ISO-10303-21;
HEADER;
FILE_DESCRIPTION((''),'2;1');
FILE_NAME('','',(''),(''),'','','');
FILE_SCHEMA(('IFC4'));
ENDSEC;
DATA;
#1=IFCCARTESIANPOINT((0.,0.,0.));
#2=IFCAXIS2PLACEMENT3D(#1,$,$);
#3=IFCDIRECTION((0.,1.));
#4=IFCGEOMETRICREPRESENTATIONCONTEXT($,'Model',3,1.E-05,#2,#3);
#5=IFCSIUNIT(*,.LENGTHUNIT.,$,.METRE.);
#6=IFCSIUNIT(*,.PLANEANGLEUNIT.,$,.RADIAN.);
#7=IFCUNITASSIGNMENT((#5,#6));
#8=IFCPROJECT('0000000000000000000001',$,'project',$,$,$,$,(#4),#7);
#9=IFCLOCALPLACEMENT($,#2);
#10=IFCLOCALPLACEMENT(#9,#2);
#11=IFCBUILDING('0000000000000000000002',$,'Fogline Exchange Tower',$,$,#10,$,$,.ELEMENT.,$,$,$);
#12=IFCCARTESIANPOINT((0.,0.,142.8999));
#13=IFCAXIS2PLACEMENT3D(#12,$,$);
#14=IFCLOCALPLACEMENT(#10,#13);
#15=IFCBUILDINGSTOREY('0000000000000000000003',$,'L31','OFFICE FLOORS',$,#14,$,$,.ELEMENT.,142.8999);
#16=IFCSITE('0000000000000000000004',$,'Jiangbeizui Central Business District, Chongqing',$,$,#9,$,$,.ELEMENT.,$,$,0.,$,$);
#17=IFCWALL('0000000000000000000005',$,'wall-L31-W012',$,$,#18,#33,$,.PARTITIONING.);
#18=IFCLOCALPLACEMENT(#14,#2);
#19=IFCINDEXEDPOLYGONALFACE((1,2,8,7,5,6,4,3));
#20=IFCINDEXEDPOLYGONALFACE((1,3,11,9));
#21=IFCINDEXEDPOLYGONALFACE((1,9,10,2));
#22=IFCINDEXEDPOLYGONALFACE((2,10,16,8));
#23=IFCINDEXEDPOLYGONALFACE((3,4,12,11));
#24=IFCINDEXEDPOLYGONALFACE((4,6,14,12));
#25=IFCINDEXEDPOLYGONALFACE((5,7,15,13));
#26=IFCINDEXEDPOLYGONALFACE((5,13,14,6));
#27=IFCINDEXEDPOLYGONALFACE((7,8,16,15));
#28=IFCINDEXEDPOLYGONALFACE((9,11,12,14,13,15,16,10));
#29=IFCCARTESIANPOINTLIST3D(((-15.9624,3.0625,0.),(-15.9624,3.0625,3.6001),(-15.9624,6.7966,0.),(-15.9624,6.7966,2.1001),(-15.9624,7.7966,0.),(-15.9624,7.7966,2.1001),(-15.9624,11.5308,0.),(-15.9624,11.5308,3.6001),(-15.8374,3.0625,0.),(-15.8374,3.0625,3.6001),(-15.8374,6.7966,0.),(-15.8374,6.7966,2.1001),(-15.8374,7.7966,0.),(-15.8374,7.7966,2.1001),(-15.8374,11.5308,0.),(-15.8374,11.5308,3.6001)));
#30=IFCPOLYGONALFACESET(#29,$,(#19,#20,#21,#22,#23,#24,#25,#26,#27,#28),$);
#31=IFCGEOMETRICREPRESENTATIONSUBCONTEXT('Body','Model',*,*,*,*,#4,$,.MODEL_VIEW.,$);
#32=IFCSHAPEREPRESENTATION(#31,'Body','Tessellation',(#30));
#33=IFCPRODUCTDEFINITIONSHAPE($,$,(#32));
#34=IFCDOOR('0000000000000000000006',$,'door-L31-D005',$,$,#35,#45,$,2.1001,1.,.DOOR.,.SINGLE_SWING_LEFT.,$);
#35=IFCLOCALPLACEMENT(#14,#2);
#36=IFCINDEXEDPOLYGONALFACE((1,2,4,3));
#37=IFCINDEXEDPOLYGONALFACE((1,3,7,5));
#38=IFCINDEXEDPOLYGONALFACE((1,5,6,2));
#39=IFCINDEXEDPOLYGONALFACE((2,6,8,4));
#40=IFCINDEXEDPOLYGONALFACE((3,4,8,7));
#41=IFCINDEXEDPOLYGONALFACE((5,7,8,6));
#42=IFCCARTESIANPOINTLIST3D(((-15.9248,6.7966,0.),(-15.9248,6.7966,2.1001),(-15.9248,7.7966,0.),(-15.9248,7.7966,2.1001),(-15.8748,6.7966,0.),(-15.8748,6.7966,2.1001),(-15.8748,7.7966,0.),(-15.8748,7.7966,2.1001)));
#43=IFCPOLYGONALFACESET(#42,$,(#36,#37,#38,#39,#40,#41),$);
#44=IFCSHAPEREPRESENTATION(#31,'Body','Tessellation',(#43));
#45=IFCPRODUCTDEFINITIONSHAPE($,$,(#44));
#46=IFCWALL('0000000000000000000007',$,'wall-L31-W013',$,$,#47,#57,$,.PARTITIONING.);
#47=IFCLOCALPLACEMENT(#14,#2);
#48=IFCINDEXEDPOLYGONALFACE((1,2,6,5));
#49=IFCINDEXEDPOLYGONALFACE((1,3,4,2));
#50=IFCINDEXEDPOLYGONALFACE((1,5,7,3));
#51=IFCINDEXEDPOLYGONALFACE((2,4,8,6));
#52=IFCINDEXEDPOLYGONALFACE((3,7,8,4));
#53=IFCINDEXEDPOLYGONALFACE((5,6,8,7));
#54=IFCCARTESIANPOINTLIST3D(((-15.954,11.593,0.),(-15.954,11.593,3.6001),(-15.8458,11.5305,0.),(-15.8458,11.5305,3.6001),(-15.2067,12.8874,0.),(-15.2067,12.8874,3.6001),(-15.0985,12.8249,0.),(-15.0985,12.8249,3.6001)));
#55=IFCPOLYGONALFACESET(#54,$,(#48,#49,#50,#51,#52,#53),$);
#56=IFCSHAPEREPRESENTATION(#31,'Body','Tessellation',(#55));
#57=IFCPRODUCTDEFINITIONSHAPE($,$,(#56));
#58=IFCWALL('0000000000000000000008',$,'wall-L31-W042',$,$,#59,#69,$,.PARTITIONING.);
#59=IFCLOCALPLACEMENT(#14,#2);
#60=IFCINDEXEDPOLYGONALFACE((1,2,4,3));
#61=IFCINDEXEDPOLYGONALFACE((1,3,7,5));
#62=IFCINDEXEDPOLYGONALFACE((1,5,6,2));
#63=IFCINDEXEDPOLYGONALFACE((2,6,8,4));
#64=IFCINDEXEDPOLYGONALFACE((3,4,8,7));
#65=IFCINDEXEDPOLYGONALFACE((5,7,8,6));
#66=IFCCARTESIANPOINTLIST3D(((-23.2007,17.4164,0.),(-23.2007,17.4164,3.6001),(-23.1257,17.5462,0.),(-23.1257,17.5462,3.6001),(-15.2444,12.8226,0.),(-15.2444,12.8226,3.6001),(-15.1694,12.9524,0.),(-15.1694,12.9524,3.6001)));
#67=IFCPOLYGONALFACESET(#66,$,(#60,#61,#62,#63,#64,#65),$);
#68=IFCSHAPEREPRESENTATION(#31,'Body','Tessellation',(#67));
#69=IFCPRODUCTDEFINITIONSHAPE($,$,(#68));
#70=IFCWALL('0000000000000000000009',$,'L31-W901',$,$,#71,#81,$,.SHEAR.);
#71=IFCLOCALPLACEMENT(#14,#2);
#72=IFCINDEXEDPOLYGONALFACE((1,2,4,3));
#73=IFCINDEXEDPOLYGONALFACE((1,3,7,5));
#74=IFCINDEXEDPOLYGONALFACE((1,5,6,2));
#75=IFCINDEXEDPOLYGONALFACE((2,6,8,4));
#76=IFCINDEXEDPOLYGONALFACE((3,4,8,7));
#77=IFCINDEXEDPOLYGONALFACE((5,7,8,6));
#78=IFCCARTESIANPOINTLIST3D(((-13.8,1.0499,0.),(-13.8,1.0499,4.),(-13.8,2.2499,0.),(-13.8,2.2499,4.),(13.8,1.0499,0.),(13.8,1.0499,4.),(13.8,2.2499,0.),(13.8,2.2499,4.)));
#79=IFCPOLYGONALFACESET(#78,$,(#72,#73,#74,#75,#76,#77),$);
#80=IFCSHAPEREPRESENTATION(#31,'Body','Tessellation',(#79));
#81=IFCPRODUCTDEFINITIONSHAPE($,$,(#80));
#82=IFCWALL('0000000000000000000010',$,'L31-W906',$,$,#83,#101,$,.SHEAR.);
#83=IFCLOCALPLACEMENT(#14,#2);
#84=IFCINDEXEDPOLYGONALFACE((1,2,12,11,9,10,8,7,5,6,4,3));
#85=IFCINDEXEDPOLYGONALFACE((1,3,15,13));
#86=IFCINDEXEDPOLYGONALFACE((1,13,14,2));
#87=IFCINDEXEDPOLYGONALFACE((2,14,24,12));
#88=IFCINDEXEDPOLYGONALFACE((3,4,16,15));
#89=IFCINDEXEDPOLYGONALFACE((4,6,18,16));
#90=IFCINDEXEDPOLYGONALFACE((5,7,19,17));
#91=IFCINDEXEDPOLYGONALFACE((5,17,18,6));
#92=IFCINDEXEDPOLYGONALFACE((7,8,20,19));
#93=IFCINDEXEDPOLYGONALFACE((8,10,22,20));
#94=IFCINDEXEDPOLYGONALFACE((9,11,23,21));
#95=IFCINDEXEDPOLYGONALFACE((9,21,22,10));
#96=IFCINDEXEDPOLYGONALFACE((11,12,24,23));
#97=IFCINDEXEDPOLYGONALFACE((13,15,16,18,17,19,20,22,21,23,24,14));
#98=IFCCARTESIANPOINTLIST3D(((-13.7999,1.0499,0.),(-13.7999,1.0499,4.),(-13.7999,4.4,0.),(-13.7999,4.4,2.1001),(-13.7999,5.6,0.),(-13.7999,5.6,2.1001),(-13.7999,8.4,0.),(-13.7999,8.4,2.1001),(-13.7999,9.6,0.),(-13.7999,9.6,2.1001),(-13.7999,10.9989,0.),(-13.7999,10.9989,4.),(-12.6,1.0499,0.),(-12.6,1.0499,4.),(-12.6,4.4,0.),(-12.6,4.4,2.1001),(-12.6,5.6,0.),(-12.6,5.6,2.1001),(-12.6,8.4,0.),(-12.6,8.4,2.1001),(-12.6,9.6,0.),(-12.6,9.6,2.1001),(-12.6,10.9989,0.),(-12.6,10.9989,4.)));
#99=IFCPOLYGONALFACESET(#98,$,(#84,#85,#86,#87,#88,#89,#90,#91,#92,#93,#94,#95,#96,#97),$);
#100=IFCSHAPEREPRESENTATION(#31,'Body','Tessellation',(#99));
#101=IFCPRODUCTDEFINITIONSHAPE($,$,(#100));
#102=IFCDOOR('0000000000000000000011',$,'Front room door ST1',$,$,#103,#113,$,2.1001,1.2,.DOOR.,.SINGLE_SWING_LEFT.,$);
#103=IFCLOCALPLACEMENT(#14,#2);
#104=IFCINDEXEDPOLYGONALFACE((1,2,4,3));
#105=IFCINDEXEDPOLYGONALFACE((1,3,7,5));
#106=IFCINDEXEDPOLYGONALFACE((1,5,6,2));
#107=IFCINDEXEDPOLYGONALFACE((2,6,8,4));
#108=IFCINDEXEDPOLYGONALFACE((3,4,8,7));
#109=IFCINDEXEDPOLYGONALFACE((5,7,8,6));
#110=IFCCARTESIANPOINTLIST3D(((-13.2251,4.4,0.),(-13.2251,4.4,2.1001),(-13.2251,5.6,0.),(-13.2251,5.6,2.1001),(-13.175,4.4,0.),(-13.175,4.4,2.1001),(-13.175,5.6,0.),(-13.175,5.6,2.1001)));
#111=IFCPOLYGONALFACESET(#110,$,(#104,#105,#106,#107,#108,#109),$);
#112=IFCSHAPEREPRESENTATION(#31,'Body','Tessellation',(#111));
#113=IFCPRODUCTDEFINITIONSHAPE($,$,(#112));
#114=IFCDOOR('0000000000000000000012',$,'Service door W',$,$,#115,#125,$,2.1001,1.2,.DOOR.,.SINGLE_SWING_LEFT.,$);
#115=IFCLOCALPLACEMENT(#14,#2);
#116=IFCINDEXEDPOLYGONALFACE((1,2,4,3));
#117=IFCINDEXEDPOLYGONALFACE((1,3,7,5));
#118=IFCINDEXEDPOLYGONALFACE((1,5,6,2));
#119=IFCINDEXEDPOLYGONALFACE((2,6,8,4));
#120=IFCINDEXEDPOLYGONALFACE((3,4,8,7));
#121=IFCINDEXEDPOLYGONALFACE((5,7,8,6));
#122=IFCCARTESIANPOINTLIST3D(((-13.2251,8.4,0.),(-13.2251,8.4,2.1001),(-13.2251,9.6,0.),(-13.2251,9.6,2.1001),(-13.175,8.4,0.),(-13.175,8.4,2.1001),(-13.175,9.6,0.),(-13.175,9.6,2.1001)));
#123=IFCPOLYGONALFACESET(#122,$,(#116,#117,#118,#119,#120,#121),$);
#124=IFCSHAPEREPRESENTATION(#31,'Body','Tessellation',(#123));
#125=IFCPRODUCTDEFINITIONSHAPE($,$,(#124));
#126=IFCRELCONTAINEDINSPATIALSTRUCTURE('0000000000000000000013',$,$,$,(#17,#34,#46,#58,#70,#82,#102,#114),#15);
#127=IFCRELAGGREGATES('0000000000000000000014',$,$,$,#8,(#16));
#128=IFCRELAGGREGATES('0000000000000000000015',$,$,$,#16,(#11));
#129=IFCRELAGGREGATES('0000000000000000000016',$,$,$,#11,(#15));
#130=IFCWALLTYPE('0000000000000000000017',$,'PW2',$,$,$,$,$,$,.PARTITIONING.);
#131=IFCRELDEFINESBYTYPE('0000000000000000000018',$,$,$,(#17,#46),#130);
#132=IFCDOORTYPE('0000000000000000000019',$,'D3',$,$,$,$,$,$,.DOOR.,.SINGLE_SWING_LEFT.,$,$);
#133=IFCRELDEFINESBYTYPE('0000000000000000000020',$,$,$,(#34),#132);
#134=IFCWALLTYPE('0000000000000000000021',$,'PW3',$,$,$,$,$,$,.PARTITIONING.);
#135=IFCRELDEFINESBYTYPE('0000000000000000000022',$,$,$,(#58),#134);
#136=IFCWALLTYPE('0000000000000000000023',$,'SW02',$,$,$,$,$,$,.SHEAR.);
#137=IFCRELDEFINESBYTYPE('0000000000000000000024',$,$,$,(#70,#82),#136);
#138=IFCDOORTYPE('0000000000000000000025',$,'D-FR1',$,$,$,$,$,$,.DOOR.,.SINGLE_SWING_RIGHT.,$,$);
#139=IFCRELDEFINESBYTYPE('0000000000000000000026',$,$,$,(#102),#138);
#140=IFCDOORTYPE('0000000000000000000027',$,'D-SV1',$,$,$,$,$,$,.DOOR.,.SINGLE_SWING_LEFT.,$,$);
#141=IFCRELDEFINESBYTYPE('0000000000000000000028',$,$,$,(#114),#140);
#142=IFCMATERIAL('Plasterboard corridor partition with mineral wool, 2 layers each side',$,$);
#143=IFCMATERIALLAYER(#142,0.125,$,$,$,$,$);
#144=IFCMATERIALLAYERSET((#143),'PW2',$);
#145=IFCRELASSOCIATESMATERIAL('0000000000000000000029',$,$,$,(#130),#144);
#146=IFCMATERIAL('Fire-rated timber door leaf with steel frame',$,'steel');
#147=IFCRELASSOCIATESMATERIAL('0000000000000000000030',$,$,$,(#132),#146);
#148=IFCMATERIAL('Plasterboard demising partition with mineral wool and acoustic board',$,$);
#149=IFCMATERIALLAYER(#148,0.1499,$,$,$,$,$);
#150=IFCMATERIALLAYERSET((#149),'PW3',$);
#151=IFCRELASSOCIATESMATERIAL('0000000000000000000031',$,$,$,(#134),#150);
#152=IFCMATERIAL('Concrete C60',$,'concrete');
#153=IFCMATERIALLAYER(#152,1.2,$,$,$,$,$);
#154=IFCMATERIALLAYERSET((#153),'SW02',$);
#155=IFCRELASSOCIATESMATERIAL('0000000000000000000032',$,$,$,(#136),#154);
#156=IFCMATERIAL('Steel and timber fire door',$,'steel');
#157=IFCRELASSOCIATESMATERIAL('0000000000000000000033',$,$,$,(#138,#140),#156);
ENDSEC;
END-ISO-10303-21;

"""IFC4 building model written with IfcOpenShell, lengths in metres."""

from ifc_helpers import new_model, si_unit, direction, frame, frame_2d, origin, place, context, subcontext, project, spatial, rectangle, extrude, material, layer, layer_set, type_object, element, fill, save


model = new_model("IFC4")

# Units and contexts
model_context = context("Model", 3, precision=1e-05, world=origin(), true_north=direction((0.0, 1.0)))
body_context = subcontext(model_context, "Body", "Model", "MODEL_VIEW")
ifc_project = project(units=[si_unit("LENGTHUNIT", "METRE"), si_unit("PLANEANGLEUNIT", "RADIAN")], contexts=[model_context])

# Site, building, storey
site_placement = place(None, origin())
site = spatial("IfcSite", under=ifc_project, at=site_placement, Name="Jiangbeizui Central Business District, Chongqing", CompositionType="ELEMENT", RefElevation=0.0)
building_placement = place(site_placement, origin())
building = spatial("IfcBuilding", under=site, at=building_placement, Name="Fogline Exchange Tower", CompositionType="ELEMENT")
storey_placement = place(building_placement, frame((0.0, 0.0, 142.8999)))
storey = spatial("IfcBuildingStorey", under=building, at=storey_placement, Name="L31", Description="OFFICE FLOORS", CompositionType="ELEMENT", Elevation=142.8999)

# Shared definitions
ifc_material_1 = material(Name="Steel and timber fire door", Category="steel")

# Shared definitions
ifc_material_2 = material(Name="Plasterboard corridor partition with mineral wool, 2 layers each side")
ifc_layer_1 = layer(ifc_material_2, 0.125)
ifc_layer_set_1 = layer_set([ifc_layer_1], Name="PW2")
wall_type_1 = type_object("IfcWallType", Name="PW2", PredefinedType="PARTITIONING", material=ifc_layer_set_1)

# Wall, opening, door
wall_1_placement = place(storey_placement, frame((-15.8999, 3.0625, 0.0), z_axis=(0.0, 0.0, 1.0), x_axis=(0.0, 1.0, 0.0)))
wall_1 = element("IfcWall", 1, at=wall_1_placement, inside=storey, type_object=wall_type_1, Name="wall-L31-W012", PredefinedType="PARTITIONING", context=body_context, shape_type="SweptSolid", body=[
    extrude(rectangle(XDim=8.4683, YDim=0.125, at=frame_2d((4.2341, 0.0))), origin(), (0.0, 0.0, 1.0), 3.6001),
])
opening_1_placement = place(wall_1_placement, frame((3.7341, 0.0, 0.0)))
opening_1 = element("IfcOpeningElement", 2, at=opening_1_placement, cuts=wall_1, PredefinedType="OPENING", context=body_context, shape_type="SweptSolid", body=[
    extrude(rectangle(XDim=1.0, YDim=2.1001, at=frame_2d((0.5, 1.05))), frame((0.0, 0.0725, 0.0), z_axis=(0.0, -1.0, 0.0), x_axis=(1.0, 0.0, 0.0)), (0.0, 0.0, 1.0), 0.145),
])
ifc_material_3 = material(Name="Fire-rated timber door leaf with steel frame", Category="steel")
door_type_1 = type_object("IfcDoorType", Name="D3", OperationType="SINGLE_SWING_LEFT", PredefinedType="DOOR", material=ifc_material_3)
door_1_placement = place(opening_1_placement, origin())
door_1 = element("IfcDoor", 3, at=door_1_placement, inside=storey, type_object=door_type_1, Name="door-L31-D005", OperationType="SINGLE_SWING_LEFT", OverallHeight=2.1001, OverallWidth=1.0, PredefinedType="DOOR", context=body_context, shape_type="SweptSolid", body=[
    extrude(rectangle(XDim=1.0, YDim=2.1001, at=frame_2d((0.5, 1.05))), frame((0.0, 0.0249, 0.0), z_axis=(0.0, -1.0, 0.0), x_axis=(1.0, 0.0, 0.0)), (0.0, 0.0, 1.0), 0.05),
])
fill(opening_1, door_1)

# Walls
wall_2_placement = place(storey_placement, frame((-15.8999, 11.5618, 0.0), z_axis=(0.0, 0.0, 1.0), x_axis=(0.499986, 0.866033, 0.0)))
element("IfcWall", 4, at=wall_2_placement, inside=storey, type_object=wall_type_1, Name="wall-L31-W013", PredefinedType="PARTITIONING", context=body_context, shape_type="SweptSolid", body=[
    extrude(rectangle(XDim=1.4946, YDim=0.125, at=frame_2d((0.7473, 0.0))), origin(), (0.0, 0.0, 1.0), 3.6001),
])
ifc_material_4 = material(Name="Plasterboard demising partition with mineral wool and acoustic board")
ifc_layer_2 = layer(ifc_material_4, 0.1499)
ifc_layer_set_2 = layer_set([ifc_layer_2], Name="PW3")
wall_type_2 = type_object("IfcWallType", Name="PW3", PredefinedType="PARTITIONING", material=ifc_layer_set_2)
wall_3_placement = place(storey_placement, frame((-15.2068, 12.8875, 0.0), z_axis=(0.0, 0.0, 1.0), x_axis=(-0.866017, 0.500015, 0.0)))
element("IfcWall", 5, at=wall_3_placement, inside=storey, type_object=wall_type_2, Name="wall-L31-W042", PredefinedType="PARTITIONING", context=body_context, shape_type="SweptSolid", body=[
    extrude(rectangle(XDim=9.1873, YDim=0.1499, at=frame_2d((4.5938, 0.0))), origin(), (0.0, 0.0, 1.0), 3.6001),
])
ifc_material_5 = material(Name="Concrete C60", Category="concrete")
ifc_layer_3 = layer(ifc_material_5, 1.2)
ifc_layer_set_3 = layer_set([ifc_layer_3], Name="SW02")
wall_type_3 = type_object("IfcWallType", Name="SW02", PredefinedType="SHEAR", material=ifc_layer_set_3)
wall_4_placement = place(storey_placement, frame((-13.8, 1.6499, 0.0), z_axis=(0.0, 0.0, 1.0), x_axis=(1.0, 0.0, 0.0)))
element("IfcWall", 6, at=wall_4_placement, inside=storey, type_object=wall_type_3, Name="L31-W901", PredefinedType="SHEAR", context=body_context, shape_type="SweptSolid", body=[
    extrude(rectangle(XDim=27.6001, YDim=1.2, at=frame_2d((13.8, 0.0))), origin(), (0.0, 0.0, 1.0), 4.0),
])

# Wall, openings, doors
wall_5_placement = place(storey_placement, frame((-13.2, 10.999, 0.0), z_axis=(0.0, 0.0, 1.0), x_axis=(0.0, -1.0, 0.0)))
wall_5 = element("IfcWall", 7, at=wall_5_placement, inside=storey, type_object=wall_type_3, Name="L31-W906", PredefinedType="SHEAR", context=body_context, shape_type="SweptSolid", body=[
    extrude(rectangle(XDim=9.949, YDim=1.2, at=frame_2d((4.9746, 0.0))), origin(), (0.0, 0.0, 1.0), 4.0),
])
opening_2_placement = place(wall_5_placement, frame((5.3989, 0.0, 0.0)))
opening_2 = element("IfcOpeningElement", 8, at=opening_2_placement, cuts=wall_5, PredefinedType="OPENING", context=body_context, shape_type="SweptSolid", body=[
    extrude(rectangle(XDim=1.2, YDim=2.1001, at=frame_2d((0.6001, 1.05))), frame((0.0, 0.6099, 0.0), z_axis=(0.0, -1.0, 0.0), x_axis=(1.0, 0.0, 0.0)), (0.0, 0.0, 1.0), 1.22),
])
opening_3_placement = place(wall_5_placement, frame((1.3989, 0.0, 0.0)))
opening_3 = element("IfcOpeningElement", 9, at=opening_3_placement, cuts=wall_5, PredefinedType="OPENING", context=body_context, shape_type="SweptSolid", body=[
    extrude(rectangle(XDim=1.2, YDim=2.1001, at=frame_2d((0.6001, 1.05))), frame((0.0, 0.6099, 0.0), z_axis=(0.0, -1.0, 0.0), x_axis=(1.0, 0.0, 0.0)), (0.0, 0.0, 1.0), 1.22),
])
door_type_2 = type_object("IfcDoorType", Name="D-FR1", OperationType="SINGLE_SWING_RIGHT", PredefinedType="DOOR", material=ifc_material_1)
door_2_placement = place(opening_2_placement, origin())
door_2 = element("IfcDoor", 10, at=door_2_placement, inside=storey, type_object=door_type_2, Name="Front room door ST1", OperationType="SINGLE_SWING_LEFT", OverallHeight=2.1001, OverallWidth=1.2, PredefinedType="DOOR", context=body_context, shape_type="SweptSolid", body=[
    extrude(rectangle(XDim=1.2, YDim=2.1001, at=frame_2d((0.6001, 1.05))), frame((0.0, 0.0249, 0.0), z_axis=(0.0, -1.0, 0.0), x_axis=(1.0, 0.0, 0.0)), (0.0, 0.0, 1.0), 0.05),
])
fill(opening_2, door_2)
door_type_3 = type_object("IfcDoorType", Name="D-SV1", OperationType="SINGLE_SWING_LEFT", PredefinedType="DOOR", material=ifc_material_1)
door_3_placement = place(opening_3_placement, origin())
door_3 = element("IfcDoor", 11, at=door_3_placement, inside=storey, type_object=door_type_3, Name="Service door W", OperationType="SINGLE_SWING_LEFT", OverallHeight=2.1001, OverallWidth=1.2, PredefinedType="DOOR", context=body_context, shape_type="SweptSolid", body=[
    extrude(rectangle(XDim=1.2, YDim=2.1001, at=frame_2d((0.6001, 1.05))), frame((0.0, 0.0249, 0.0), z_axis=(0.0, -1.0, 0.0), x_axis=(1.0, 0.0, 0.0)), (0.0, 0.0, 1.0), 0.05),
])
fill(opening_3, door_3)

save(model, "model.ifc")
